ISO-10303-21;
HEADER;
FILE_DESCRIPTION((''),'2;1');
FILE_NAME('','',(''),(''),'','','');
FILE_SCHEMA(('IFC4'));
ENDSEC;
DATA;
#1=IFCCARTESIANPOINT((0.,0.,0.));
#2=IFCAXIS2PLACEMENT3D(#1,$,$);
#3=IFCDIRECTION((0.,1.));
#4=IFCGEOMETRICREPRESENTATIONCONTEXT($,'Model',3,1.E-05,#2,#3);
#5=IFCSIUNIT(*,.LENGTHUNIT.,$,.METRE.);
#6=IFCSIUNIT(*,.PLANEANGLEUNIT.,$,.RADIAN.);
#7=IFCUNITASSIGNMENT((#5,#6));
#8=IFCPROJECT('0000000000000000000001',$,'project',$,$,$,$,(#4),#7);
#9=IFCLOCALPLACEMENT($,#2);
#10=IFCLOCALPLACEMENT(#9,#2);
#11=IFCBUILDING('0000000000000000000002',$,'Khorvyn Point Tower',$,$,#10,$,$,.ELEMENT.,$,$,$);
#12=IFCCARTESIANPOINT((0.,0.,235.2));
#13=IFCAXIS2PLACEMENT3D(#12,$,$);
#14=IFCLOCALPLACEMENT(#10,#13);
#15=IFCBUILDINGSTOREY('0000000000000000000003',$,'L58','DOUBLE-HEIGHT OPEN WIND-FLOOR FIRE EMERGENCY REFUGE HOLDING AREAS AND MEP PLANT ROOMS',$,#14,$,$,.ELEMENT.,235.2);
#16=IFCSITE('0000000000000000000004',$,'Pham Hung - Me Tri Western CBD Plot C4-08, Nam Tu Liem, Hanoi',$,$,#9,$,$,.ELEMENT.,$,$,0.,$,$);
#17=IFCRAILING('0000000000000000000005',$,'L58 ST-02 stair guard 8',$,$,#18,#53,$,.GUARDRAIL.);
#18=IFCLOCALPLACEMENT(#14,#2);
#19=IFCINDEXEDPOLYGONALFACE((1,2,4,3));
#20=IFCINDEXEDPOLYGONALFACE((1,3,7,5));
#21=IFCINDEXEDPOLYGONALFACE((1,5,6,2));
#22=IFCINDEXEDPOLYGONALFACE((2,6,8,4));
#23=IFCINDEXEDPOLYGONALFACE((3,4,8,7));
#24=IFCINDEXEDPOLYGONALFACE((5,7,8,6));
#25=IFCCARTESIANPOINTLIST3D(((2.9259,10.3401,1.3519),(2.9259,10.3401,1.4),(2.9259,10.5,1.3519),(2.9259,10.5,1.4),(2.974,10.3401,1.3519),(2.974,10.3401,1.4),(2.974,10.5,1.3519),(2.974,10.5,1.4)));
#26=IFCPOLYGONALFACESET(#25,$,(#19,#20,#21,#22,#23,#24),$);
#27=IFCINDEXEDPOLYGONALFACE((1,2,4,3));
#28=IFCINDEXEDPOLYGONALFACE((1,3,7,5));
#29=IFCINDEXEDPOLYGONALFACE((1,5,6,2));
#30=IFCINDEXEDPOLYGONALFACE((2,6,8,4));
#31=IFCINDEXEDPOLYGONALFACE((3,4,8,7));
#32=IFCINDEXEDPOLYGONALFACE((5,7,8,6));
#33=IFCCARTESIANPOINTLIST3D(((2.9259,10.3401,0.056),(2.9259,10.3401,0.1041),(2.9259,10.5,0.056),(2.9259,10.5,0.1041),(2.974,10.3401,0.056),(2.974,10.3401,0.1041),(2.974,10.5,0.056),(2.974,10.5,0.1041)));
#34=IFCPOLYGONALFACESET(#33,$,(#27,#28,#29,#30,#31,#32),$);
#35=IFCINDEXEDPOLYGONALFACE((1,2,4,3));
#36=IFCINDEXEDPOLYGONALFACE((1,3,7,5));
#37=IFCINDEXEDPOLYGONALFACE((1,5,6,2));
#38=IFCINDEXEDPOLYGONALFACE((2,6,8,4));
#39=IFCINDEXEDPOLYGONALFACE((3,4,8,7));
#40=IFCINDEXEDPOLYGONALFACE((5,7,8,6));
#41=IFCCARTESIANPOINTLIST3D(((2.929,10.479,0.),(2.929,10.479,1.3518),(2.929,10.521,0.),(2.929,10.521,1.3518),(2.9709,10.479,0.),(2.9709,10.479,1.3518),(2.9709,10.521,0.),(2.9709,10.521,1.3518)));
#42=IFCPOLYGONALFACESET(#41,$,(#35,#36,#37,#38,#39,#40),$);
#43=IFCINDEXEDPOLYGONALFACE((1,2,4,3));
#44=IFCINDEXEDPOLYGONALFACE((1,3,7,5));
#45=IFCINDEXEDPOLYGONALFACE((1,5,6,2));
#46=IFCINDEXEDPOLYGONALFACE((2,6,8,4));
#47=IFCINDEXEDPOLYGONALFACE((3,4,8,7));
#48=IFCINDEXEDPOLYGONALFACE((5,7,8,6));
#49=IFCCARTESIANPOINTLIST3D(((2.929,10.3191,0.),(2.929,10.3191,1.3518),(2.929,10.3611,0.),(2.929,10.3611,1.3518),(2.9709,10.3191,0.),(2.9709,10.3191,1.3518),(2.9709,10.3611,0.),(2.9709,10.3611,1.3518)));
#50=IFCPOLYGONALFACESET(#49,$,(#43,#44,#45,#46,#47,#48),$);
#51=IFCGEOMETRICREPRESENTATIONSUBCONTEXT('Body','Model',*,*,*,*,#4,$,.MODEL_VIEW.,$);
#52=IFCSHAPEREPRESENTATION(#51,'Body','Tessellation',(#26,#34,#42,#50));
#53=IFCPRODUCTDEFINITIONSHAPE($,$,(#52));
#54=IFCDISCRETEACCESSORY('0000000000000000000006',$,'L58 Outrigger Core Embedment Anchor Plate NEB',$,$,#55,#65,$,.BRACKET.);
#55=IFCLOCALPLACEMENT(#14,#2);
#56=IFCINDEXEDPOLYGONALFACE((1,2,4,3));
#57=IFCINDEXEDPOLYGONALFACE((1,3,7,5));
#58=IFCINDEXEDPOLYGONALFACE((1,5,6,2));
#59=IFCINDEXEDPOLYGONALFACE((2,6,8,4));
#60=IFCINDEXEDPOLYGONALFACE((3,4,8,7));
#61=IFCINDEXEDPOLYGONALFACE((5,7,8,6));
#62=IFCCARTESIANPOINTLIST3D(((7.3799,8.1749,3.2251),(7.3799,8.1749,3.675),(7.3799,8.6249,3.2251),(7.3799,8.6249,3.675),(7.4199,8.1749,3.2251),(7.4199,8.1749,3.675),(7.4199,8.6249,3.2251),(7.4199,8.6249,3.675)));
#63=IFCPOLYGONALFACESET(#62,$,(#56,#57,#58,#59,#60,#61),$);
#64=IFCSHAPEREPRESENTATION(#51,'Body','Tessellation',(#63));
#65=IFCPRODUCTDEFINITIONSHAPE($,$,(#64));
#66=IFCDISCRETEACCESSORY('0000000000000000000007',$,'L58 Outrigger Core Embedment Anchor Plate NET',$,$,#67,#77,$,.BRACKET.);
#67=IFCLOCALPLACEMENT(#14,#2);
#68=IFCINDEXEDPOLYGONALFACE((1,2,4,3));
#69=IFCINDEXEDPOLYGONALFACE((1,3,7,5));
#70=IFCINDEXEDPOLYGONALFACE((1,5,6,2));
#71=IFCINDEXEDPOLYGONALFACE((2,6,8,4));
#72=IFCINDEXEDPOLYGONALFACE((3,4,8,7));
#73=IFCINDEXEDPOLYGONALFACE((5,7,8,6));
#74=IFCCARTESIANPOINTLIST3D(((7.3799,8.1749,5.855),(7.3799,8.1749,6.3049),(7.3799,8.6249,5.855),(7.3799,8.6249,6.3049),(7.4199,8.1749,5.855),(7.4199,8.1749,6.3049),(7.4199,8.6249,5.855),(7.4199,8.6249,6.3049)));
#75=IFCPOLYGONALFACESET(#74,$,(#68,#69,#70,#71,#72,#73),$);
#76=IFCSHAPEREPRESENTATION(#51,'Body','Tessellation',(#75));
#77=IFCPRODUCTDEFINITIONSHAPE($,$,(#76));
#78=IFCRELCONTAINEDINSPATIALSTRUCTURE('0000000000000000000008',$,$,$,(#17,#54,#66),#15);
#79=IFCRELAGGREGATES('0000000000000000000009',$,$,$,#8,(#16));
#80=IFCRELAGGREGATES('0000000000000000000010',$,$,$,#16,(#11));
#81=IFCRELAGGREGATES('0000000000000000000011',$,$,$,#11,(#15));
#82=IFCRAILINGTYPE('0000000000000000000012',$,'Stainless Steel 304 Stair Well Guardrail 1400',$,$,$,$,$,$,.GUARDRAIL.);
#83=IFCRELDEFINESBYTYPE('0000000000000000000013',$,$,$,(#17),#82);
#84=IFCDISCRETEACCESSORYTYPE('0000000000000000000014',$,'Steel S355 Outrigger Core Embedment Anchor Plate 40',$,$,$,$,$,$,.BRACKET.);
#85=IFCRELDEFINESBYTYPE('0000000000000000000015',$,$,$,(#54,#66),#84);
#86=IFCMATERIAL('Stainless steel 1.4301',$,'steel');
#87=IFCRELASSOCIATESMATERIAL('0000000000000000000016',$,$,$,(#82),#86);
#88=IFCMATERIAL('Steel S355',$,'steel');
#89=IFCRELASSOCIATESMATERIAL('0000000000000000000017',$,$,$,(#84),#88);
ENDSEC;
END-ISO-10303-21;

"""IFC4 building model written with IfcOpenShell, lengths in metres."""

from ifc_helpers import new_model, si_unit, direction, frame, origin, origin_2d, place, context, subcontext, project, spatial, rectangle, extrude, material, type_object, element, save


model = new_model("IFC4")

# Units and contexts
model_context = context("Model", 3, precision=1e-05, world=origin(), true_north=direction((0.0, 1.0)))
body_context = subcontext(model_context, "Body", "Model", "MODEL_VIEW")
ifc_project = project(units=[si_unit("LENGTHUNIT", "METRE"), si_unit("PLANEANGLEUNIT", "RADIAN")], contexts=[model_context])

# Site, building, storey
site_placement = place(None, origin())
site = spatial("IfcSite", under=ifc_project, at=site_placement, Name="Pham Hung - Me Tri Western CBD Plot C4-08, Nam Tu Liem, Hanoi", CompositionType="ELEMENT", RefElevation=0.0)
building_placement = place(site_placement, origin())
building = spatial("IfcBuilding", under=site, at=building_placement, Name="Khorvyn Point Tower", CompositionType="ELEMENT")
storey_placement = place(building_placement, frame((0.0, 0.0, 235.2)))
storey = spatial("IfcBuildingStorey", under=building, at=storey_placement, Name="L58", Description="DOUBLE-HEIGHT OPEN WIND-FLOOR FIRE EMERGENCY REFUGE HOLDING AREAS AND MEP PLANT ROOMS", CompositionType="ELEMENT", Elevation=235.2)

# Shared definitions
ifc_material_1 = material(Name="Steel S355", Category="steel")

# Railing
ifc_material_2 = material(Name="Stainless steel 1.4301", Category="steel")
railing_type_1 = type_object("IfcRailingType", Name="Stainless Steel 304 Stair Well Guardrail 1400", PredefinedType="GUARDRAIL", material=ifc_material_2)
railing_1_placement = place(storey_placement, frame((2.95, 10.5, 0.0)))
element("IfcRailing", 1, at=railing_1_placement, inside=storey, type_object=railing_type_1, Name="L58 ST-02 stair guard 8", PredefinedType="GUARDRAIL", context=body_context, shape_type="SweptSolid", body=[
    extrude(rectangle(XDim=0.0481, YDim=0.0481, at=origin_2d()), frame((0.0, 0.0, 1.376), z_axis=(0.0, -1.0, 0.0), x_axis=(1.0, 0.0, 0.0)), (0.0, 0.0, 1.0), 0.1599),
    extrude(rectangle(XDim=0.0481, YDim=0.0481, at=origin_2d()), frame((0.0, 0.0, 0.0801), z_axis=(0.0, -1.0, 0.0), x_axis=(1.0, 0.0, 0.0)), (0.0, 0.0, 1.0), 0.1599),
    extrude(rectangle(XDim=0.042, YDim=0.042, at=origin_2d()), origin(), (0.0, 0.0, 1.0), 1.3518),
    extrude(rectangle(XDim=0.042, YDim=0.042, at=origin_2d()), frame((0.0, -0.1599, 0.0)), (0.0, 0.0, 1.0), 1.3518),
])

# Discrete accessories
discrete_accessory_type = type_object("IfcDiscreteAccessoryType", Name="Steel S355 Outrigger Core Embedment Anchor Plate 40", PredefinedType="BRACKET", material=ifc_material_1)
for number, where, z_axis, x_axis, name in (
    (2, (7.3999, 8.3999, 3.2251), (0.0, 0.0, 1.0), (1.0, 0.0, 0.0), "L58 Outrigger Core Embedment Anchor Plate NEB"),
    (3, (7.3999, 8.3999, 5.855), (0.0, 0.0, 1.0), (1.0, 0.0, 0.0), "L58 Outrigger Core Embedment Anchor Plate NET"),
):
    element("IfcDiscreteAccessory", number, at=place(storey_placement, frame(where, z_axis=z_axis, x_axis=x_axis)), inside=storey, type_object=discrete_accessory_type, Name=name, PredefinedType="BRACKET", context=body_context, shape_type="SweptSolid", body=[
        extrude(rectangle(XDim=0.04, YDim=0.45, at=origin_2d()), origin(), (0.0, 0.0, 1.0), 0.45),
    ])

save(model, "model.ifc")
